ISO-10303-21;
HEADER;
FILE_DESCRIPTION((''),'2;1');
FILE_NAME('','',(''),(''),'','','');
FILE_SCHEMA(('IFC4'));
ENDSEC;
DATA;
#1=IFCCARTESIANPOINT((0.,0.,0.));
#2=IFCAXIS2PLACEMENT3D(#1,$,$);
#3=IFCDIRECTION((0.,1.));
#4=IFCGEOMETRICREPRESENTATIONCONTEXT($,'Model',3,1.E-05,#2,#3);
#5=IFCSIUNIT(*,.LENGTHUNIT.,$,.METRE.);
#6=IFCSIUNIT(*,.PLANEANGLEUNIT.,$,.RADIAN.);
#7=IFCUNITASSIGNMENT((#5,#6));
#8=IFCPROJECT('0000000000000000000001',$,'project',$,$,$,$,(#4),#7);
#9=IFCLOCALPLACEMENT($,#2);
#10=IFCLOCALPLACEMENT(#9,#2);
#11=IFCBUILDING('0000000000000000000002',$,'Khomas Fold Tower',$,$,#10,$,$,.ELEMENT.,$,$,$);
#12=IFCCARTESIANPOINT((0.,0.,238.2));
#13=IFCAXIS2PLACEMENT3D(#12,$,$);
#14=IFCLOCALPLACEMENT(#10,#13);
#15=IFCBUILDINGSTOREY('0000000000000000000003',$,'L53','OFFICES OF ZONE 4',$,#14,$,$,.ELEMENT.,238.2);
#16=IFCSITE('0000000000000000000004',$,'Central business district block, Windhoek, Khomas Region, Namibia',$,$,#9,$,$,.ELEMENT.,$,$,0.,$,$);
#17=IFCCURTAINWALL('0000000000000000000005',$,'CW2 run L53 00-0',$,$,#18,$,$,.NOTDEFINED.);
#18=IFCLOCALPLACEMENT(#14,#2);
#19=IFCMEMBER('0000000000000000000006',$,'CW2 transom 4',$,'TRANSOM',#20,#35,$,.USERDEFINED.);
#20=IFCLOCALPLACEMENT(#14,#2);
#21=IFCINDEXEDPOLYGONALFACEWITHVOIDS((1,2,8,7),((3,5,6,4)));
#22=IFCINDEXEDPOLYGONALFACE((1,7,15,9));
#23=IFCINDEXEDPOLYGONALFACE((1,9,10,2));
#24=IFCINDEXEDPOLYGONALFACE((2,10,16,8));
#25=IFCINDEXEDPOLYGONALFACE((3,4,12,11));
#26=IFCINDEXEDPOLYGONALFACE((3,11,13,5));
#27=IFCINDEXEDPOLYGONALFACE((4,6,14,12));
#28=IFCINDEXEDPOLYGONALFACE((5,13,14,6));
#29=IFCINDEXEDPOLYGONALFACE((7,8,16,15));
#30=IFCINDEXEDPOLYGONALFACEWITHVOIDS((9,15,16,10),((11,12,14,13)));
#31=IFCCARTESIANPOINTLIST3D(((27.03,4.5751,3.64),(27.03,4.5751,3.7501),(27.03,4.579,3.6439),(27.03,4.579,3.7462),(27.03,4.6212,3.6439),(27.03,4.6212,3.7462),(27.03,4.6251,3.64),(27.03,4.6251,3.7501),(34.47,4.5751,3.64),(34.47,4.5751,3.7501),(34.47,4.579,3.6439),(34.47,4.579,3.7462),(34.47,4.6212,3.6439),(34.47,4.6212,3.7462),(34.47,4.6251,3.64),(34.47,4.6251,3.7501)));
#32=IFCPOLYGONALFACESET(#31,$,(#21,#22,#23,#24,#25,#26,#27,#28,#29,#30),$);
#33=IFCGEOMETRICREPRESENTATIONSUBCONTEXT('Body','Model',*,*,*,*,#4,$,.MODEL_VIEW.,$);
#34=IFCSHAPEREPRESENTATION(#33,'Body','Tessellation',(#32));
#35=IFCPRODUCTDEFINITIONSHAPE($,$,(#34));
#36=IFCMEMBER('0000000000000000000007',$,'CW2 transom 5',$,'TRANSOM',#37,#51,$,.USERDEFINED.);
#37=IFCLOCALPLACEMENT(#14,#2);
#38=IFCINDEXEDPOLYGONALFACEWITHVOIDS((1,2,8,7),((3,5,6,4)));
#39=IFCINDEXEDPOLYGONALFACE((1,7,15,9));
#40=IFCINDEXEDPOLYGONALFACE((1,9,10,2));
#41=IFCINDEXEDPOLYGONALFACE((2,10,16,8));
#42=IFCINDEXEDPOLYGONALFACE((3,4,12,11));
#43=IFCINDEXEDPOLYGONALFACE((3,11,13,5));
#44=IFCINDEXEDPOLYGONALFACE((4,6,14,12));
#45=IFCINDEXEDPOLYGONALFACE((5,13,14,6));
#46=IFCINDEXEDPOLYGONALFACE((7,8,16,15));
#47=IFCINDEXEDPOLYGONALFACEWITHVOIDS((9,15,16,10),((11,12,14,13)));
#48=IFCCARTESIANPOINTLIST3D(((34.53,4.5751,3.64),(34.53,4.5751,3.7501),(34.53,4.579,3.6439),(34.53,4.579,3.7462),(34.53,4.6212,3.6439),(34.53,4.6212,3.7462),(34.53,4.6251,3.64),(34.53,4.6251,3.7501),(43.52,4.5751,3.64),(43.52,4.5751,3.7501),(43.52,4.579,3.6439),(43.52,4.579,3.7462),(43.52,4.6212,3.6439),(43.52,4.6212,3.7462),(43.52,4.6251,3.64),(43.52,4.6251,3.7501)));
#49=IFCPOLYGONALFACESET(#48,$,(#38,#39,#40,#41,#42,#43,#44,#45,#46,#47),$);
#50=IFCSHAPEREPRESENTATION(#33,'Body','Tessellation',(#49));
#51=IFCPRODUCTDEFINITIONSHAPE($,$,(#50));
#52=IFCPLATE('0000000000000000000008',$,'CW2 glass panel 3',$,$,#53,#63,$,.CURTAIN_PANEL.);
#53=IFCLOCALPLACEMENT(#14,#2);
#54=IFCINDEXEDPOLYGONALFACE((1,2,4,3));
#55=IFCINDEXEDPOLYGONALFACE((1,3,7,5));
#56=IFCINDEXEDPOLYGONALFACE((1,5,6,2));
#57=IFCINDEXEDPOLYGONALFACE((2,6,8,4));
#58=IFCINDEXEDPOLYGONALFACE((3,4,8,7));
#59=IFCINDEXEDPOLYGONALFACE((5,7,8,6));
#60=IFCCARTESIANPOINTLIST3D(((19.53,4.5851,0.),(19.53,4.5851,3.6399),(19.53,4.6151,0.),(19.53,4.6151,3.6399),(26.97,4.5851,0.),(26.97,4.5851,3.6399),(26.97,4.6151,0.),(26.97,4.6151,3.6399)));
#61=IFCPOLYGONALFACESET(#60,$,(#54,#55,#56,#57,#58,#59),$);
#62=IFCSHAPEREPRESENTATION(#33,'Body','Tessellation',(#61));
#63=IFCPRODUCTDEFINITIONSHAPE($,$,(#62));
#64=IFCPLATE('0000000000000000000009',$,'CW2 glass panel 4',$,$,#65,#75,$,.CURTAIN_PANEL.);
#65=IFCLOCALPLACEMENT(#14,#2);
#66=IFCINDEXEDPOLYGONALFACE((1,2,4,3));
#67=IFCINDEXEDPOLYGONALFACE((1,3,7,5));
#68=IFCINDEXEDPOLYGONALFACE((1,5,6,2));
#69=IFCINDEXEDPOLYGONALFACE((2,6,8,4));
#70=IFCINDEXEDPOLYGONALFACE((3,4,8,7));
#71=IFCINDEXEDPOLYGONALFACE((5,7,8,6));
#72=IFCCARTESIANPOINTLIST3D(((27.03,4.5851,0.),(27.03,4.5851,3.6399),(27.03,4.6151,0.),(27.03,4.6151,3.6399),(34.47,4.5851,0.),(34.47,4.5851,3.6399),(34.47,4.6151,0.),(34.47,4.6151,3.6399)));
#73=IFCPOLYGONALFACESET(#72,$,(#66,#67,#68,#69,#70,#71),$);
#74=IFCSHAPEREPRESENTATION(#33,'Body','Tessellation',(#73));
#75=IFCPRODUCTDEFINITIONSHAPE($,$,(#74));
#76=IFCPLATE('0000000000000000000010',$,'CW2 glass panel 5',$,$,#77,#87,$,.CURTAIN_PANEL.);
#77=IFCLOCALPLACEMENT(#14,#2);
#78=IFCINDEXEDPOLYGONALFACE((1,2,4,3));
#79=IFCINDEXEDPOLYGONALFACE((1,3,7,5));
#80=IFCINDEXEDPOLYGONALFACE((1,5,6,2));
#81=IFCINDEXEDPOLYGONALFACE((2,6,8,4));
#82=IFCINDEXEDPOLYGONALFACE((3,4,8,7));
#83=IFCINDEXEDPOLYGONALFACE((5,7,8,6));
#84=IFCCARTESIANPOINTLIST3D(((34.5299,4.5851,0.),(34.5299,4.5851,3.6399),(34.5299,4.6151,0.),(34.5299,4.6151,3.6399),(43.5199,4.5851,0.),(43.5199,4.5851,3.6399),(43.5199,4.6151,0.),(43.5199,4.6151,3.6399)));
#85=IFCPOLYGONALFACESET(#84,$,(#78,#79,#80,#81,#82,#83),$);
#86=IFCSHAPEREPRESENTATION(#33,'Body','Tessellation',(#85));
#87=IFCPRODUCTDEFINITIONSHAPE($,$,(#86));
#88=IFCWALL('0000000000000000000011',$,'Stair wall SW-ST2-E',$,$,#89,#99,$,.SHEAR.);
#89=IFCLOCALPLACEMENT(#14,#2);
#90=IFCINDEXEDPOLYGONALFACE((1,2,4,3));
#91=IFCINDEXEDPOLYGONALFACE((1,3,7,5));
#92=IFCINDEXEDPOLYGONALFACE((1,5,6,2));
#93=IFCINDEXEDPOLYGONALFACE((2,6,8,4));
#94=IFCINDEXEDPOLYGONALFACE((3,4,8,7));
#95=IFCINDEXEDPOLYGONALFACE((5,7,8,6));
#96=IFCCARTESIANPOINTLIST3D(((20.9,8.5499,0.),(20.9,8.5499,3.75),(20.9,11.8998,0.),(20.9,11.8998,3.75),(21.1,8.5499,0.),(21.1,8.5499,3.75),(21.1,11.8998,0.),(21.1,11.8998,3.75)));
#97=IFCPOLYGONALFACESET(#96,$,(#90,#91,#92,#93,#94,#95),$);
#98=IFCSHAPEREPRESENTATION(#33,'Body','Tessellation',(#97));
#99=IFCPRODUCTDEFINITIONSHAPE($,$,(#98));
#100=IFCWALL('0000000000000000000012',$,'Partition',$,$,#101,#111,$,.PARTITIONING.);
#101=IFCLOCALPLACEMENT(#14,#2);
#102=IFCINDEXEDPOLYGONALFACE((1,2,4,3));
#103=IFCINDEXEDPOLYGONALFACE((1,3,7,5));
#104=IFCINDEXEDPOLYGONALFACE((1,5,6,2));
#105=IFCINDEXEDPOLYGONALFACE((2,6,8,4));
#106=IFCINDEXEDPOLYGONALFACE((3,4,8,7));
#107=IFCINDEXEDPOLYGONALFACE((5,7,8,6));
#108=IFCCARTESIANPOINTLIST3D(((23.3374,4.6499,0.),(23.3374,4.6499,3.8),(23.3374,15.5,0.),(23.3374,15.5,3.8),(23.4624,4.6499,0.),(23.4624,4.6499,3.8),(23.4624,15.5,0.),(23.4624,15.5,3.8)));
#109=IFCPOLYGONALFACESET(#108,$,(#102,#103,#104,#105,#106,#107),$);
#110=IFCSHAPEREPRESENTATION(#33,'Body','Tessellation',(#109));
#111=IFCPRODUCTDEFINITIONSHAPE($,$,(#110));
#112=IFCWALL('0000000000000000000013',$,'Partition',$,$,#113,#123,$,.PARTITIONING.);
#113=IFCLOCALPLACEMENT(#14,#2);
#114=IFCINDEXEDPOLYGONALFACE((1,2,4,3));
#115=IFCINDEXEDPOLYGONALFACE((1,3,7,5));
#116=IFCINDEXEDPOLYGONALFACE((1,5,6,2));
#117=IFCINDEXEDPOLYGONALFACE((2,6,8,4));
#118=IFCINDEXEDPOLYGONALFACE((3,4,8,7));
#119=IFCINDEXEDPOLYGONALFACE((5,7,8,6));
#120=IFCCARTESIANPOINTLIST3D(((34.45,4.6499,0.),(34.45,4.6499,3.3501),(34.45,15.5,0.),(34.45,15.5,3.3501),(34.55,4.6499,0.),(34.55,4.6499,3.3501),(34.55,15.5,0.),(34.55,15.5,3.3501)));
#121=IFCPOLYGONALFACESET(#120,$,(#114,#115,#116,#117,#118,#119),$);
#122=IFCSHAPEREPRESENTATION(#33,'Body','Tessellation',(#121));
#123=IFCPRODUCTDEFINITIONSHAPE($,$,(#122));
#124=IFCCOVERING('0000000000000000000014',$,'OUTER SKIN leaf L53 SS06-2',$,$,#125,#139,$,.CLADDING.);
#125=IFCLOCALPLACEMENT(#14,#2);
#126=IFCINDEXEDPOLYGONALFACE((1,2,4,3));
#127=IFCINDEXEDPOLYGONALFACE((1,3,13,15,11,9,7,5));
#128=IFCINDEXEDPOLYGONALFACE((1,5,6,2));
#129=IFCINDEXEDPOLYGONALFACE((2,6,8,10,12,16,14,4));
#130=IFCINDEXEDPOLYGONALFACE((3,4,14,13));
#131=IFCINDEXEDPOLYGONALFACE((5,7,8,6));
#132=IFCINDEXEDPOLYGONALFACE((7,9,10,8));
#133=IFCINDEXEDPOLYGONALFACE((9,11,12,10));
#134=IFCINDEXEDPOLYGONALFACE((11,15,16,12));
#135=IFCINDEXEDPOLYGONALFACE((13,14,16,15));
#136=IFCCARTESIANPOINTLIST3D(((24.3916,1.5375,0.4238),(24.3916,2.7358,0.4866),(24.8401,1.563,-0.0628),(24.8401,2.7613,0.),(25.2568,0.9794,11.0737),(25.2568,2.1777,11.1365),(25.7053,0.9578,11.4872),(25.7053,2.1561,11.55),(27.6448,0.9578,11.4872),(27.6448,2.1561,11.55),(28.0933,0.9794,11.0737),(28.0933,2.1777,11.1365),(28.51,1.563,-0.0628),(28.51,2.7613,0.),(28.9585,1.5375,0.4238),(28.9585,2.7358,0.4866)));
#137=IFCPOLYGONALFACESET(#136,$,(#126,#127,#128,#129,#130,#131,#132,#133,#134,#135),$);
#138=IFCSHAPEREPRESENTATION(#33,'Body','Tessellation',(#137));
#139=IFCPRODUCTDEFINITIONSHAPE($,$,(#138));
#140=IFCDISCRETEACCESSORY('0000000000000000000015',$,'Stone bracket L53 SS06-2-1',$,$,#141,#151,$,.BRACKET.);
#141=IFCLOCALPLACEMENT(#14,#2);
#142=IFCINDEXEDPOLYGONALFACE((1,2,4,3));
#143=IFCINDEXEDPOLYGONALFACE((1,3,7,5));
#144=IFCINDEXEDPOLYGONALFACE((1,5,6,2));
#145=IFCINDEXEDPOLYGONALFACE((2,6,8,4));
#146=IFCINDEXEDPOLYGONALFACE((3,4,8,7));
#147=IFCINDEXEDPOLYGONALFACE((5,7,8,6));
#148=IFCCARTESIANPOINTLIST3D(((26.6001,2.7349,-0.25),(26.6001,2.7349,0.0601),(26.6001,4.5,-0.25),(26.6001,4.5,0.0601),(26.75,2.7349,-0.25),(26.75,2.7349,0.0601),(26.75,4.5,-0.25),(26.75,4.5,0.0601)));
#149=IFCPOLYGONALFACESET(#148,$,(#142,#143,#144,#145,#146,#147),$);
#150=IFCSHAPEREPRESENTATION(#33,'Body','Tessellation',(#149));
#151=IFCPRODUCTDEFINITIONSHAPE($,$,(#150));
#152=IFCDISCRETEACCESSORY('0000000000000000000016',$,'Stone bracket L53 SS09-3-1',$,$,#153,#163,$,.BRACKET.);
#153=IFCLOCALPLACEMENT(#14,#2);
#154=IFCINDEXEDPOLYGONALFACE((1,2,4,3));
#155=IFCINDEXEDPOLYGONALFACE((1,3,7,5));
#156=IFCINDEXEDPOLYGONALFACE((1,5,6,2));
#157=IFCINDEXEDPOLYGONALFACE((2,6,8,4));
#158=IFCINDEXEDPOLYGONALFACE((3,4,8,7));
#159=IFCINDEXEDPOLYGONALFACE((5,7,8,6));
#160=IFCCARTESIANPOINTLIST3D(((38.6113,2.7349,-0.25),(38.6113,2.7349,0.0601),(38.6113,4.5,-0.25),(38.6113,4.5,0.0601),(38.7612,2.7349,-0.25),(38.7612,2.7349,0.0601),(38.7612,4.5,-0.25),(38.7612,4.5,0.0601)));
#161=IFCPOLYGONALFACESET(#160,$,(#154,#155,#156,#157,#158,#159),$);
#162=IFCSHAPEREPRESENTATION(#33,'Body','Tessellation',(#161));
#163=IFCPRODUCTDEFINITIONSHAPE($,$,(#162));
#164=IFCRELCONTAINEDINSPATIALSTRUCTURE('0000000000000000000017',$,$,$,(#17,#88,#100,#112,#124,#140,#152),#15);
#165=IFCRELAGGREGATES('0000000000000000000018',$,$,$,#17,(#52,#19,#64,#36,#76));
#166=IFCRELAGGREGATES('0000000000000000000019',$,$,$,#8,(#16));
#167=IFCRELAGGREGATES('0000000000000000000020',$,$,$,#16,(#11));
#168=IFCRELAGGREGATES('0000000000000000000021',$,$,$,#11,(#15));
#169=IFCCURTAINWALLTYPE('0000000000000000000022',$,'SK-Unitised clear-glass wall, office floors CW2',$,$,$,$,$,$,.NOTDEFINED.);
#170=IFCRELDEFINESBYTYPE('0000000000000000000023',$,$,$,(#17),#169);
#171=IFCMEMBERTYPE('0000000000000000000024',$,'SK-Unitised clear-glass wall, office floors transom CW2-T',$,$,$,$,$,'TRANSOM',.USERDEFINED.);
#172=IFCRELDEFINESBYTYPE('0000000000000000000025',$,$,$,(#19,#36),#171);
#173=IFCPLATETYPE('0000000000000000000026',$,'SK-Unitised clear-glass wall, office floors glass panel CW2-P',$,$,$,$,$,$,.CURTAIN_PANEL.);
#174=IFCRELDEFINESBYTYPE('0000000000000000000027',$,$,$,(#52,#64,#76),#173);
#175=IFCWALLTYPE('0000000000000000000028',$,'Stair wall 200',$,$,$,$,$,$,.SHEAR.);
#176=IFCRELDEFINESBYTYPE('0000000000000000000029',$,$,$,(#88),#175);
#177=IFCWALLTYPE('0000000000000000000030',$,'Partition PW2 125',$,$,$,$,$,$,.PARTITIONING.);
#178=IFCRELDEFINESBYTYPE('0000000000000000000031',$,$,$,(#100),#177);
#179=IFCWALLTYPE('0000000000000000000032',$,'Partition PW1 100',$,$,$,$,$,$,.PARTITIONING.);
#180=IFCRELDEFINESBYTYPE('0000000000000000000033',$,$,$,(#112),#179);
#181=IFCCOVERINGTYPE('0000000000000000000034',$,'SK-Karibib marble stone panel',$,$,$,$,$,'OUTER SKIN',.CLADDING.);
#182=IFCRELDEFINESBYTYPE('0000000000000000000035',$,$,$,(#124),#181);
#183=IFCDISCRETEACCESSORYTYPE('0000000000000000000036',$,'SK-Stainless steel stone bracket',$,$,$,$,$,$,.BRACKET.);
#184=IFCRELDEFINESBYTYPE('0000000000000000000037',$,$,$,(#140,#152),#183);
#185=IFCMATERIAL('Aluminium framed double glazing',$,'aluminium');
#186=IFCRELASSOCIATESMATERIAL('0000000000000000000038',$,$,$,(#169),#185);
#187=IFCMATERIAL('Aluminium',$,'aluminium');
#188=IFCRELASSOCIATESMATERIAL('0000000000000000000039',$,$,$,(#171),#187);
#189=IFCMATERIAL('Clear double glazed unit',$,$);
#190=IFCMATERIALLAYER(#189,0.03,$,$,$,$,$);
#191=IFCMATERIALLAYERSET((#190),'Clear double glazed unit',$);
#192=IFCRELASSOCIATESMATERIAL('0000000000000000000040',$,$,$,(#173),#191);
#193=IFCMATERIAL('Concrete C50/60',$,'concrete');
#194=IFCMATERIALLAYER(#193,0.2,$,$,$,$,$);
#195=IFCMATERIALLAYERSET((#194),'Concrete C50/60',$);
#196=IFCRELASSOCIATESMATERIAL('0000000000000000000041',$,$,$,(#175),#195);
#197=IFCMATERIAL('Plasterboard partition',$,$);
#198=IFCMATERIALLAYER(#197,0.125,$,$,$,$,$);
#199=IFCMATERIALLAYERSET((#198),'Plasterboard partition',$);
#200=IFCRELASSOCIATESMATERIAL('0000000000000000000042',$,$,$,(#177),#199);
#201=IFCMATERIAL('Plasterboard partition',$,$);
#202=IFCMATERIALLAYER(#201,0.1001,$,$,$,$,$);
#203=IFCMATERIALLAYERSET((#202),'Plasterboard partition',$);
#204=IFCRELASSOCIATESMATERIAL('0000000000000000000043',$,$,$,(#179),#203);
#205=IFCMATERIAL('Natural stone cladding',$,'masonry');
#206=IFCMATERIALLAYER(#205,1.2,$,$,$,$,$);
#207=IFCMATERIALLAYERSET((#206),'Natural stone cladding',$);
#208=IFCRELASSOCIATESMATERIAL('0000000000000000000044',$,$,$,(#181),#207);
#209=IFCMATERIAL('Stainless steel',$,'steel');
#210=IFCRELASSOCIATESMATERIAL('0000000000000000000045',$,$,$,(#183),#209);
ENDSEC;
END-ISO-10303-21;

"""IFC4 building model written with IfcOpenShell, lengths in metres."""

from ifc_helpers import new_model, si_unit, direction, frame, frame_2d, origin, origin_2d, place, context, subcontext, project, spatial, polyline, rectangle, hollow_rectangle, outline, extrude, source, transform, mapped, material, layer, layer_set, material_profile, profile_set, type_object, element, aggregate, save


model = new_model("IFC4")

# Units and contexts
model_context = context("Model", 3, precision=1e-05, world=origin(), true_north=direction((0.0, 1.0)))
body_context = subcontext(model_context, "Body", "Model", "MODEL_VIEW")
ifc_project = project(units=[si_unit("LENGTHUNIT", "METRE"), si_unit("PLANEANGLEUNIT", "RADIAN")], contexts=[model_context])

# Site, building, storey
site_placement = place(None, origin())
site = spatial("IfcSite", under=ifc_project, at=site_placement, Name="Central business district block, Windhoek, Khomas Region, Namibia", CompositionType="ELEMENT", RefElevation=0.0)
building_placement = place(site_placement, origin())
building = spatial("IfcBuilding", under=site, at=building_placement, Name="Khomas Fold Tower", CompositionType="ELEMENT")
storey_placement = place(building_placement, frame((0.0, 0.0, 238.2)))
storey = spatial("IfcBuildingStorey", under=building, at=storey_placement, Name="L53", Description="OFFICES OF ZONE 4", CompositionType="ELEMENT", Elevation=238.2)

# Curtain wall, members, plates
ifc_material_1 = material(Name="Aluminium framed double glazing", Category="aluminium")
curtain_wall_type = type_object("IfcCurtainWallType", Name="SK-Unitised clear-glass wall, office floors CW2", PredefinedType="NOTDEFINED", material=ifc_material_1)
curtain_wall_placement = place(storey_placement, origin())
curtain_wall = element("IfcCurtainWall", 1, at=curtain_wall_placement, inside=storey, type_object=curtain_wall_type, Name="CW2 run L53 00-0", PredefinedType="NOTDEFINED")
ifc_material_2 = material(Name="Aluminium", Category="aluminium")
ifc_material_profile_1 = material_profile(ifc_material_2, hollow_rectangle(XDim=0.05, YDim=0.1101, WallThickness=0.0039, at=origin_2d()), Name="SK-Unitised clear-glass wall, office floors transom CW2-T")
ifc_profile_set_1 = profile_set([ifc_material_profile_1], Name="Aluminium")
member_type_1 = type_object("IfcMemberType", Name="SK-Unitised clear-glass wall, office floors transom CW2-T", ElementType="TRANSOM", PredefinedType="USERDEFINED", material=ifc_profile_set_1)
shared_shape_1 = source(origin(), body_context, "Body", "SweptSolid", [
    extrude(hollow_rectangle(XDim=0.05, YDim=0.1101, WallThickness=0.0039, at=origin_2d()), origin(), (0.0, 0.0, 1.0), 7.4399),
])
member_1_placement = place(storey_placement, frame((27.03, 4.6001, 3.6951), z_axis=(1.0, 0.0, 0.0), x_axis=(0.0, 1.0, 0.0)))
member_1 = element("IfcMember", 2, at=member_1_placement, type_object=member_type_1, Name="CW2 transom 4", ObjectType="TRANSOM", PredefinedType="USERDEFINED", context=body_context, shape_type="MappedRepresentation", body=[
    mapped(shared_shape_1, transform((0.0, 0.0, 0.0))),
])
shared_shape_2 = source(origin(), body_context, "Body", "SweptSolid", [
    extrude(hollow_rectangle(XDim=0.05, YDim=0.1101, WallThickness=0.0039, at=origin_2d()), origin(), (0.0, 0.0, 1.0), 8.99),
])
member_2_placement = place(storey_placement, frame((34.53, 4.6001, 3.6951), z_axis=(1.0, 0.0, 0.0), x_axis=(0.0, 1.0, 0.0)))
member_2 = element("IfcMember", 3, at=member_2_placement, type_object=member_type_1, Name="CW2 transom 5", ObjectType="TRANSOM", PredefinedType="USERDEFINED", context=body_context, shape_type="MappedRepresentation", body=[
    mapped(shared_shape_2, transform((0.0, 0.0, 0.0))),
])
ifc_material_3 = material(Name="Clear double glazed unit")
ifc_layer_1 = layer(ifc_material_3, 0.03)
ifc_layer_set_1 = layer_set([ifc_layer_1], Name="Clear double glazed unit")
plate_type = type_object("IfcPlateType", Name="SK-Unitised clear-glass wall, office floors glass panel CW2-P", PredefinedType="CURTAIN_PANEL", material=ifc_layer_set_1)
shared_shape_3 = source(origin(), body_context, "Body", "SweptSolid", [
    extrude(rectangle(XDim=7.4399, YDim=0.03, at=origin_2d()), origin(), (0.0, 0.0, 1.0), 3.6399),
])
plate_1_placement = place(storey_placement, frame((23.25, 4.6001, 0.0), z_axis=(0.0, 0.0, 1.0), x_axis=(1.0, 0.0, 0.0)))
plate_1 = element("IfcPlate", 4, at=plate_1_placement, type_object=plate_type, Name="CW2 glass panel 3", PredefinedType="CURTAIN_PANEL", context=body_context, shape_type="MappedRepresentation", body=[
    mapped(shared_shape_3, transform((0.0, 0.0, 0.0))),
])
plate_2_placement = place(storey_placement, frame((30.75, 4.6001, 0.0), z_axis=(0.0, 0.0, 1.0), x_axis=(1.0, 0.0, 0.0)))
plate_2 = element("IfcPlate", 5, at=plate_2_placement, type_object=plate_type, Name="CW2 glass panel 4", PredefinedType="CURTAIN_PANEL", context=body_context, shape_type="MappedRepresentation", body=[
    mapped(shared_shape_3, transform((0.0, 0.0, 0.0))),
])
shared_shape_4 = source(origin(), body_context, "Body", "SweptSolid", [
    extrude(rectangle(XDim=8.99, YDim=0.03, at=origin_2d()), origin(), (0.0, 0.0, 1.0), 3.6399),
])
plate_3_placement = place(storey_placement, frame((39.0249, 4.6001, 0.0), z_axis=(0.0, 0.0, 1.0), x_axis=(1.0, 0.0, 0.0)))
plate_3 = element("IfcPlate", 6, at=plate_3_placement, type_object=plate_type, Name="CW2 glass panel 5", PredefinedType="CURTAIN_PANEL", context=body_context, shape_type="MappedRepresentation", body=[
    mapped(shared_shape_4, transform((0.0, 0.0, 0.0))),
])
aggregate(curtain_wall, [plate_1, member_1, plate_2, member_2, plate_3])

# Walls
ifc_material_4 = material(Name="Concrete C50/60", Category="concrete")
ifc_layer_2 = layer(ifc_material_4, 0.2)
ifc_layer_set_2 = layer_set([ifc_layer_2], Name="Concrete C50/60")
wall_type_1 = type_object("IfcWallType", Name="Stair wall 200", PredefinedType="SHEAR", material=ifc_layer_set_2)
shared_shape_5 = source(origin(), body_context, "Body", "SweptSolid", [
    extrude(rectangle(XDim=3.3499, YDim=0.2, at=frame_2d((1.6748, 0.0))), origin(), (0.0, 0.0, 1.0), 3.75),
])
wall_1_placement = place(storey_placement, frame((21.0, 8.55, 0.0), z_axis=(0.0, 0.0, 1.0), x_axis=(0.0, 1.0, 0.0)))
element("IfcWall", 7, at=wall_1_placement, inside=storey, type_object=wall_type_1, Name="Stair wall SW-ST2-E", PredefinedType="SHEAR", context=body_context, shape_type="MappedRepresentation", body=[
    mapped(shared_shape_5, transform((0.0, 0.0, 0.0))),
])
ifc_material_5 = material(Name="Plasterboard partition")
ifc_layer_3 = layer(ifc_material_5, 0.125)
ifc_layer_set_3 = layer_set([ifc_layer_3], Name="Plasterboard partition")
wall_type_2 = type_object("IfcWallType", Name="Partition PW2 125", PredefinedType="PARTITIONING", material=ifc_layer_set_3)
shared_shape_6 = source(origin(), body_context, "Body", "SweptSolid", [
    extrude(rectangle(XDim=10.8501, YDim=0.125, at=frame_2d((5.425, 0.0))), origin(), (0.0, 0.0, 1.0), 3.8),
])
wall_2_placement = place(storey_placement, frame((23.3999, 4.6499, 0.0), z_axis=(0.0, 0.0, 1.0), x_axis=(0.0, 1.0, 0.0)))
element("IfcWall", 8, at=wall_2_placement, inside=storey, type_object=wall_type_2, Name="Partition", PredefinedType="PARTITIONING", context=body_context, shape_type="MappedRepresentation", body=[
    mapped(shared_shape_6, transform((0.0, 0.0, 0.0))),
])
ifc_material_6 = material(Name="Plasterboard partition")
ifc_layer_4 = layer(ifc_material_6, 0.1001)
ifc_layer_set_4 = layer_set([ifc_layer_4], Name="Plasterboard partition")
wall_type_3 = type_object("IfcWallType", Name="Partition PW1 100", PredefinedType="PARTITIONING", material=ifc_layer_set_4)
shared_shape_7 = source(origin(), body_context, "Body", "SweptSolid", [
    extrude(rectangle(XDim=10.8501, YDim=0.1001, at=frame_2d((5.425, 0.0))), origin(), (0.0, 0.0, 1.0), 3.3501),
])
wall_3_placement = place(storey_placement, frame((34.5, 4.6499, 0.0), z_axis=(0.0, 0.0, 1.0), x_axis=(0.0, 1.0, 0.0)))
element("IfcWall", 9, at=wall_3_placement, inside=storey, type_object=wall_type_3, Name="Partition", PredefinedType="PARTITIONING", context=body_context, shape_type="MappedRepresentation", body=[
    mapped(shared_shape_7, transform((0.0, 0.0, 0.0))),
])

# Covering
ifc_material_7 = material(Name="Natural stone cladding", Category="masonry")
ifc_layer_5 = layer(ifc_material_7, 1.2)
ifc_layer_set_5 = layer_set([ifc_layer_5], Name="Natural stone cladding")
covering_type = type_object("IfcCoveringType", Name="SK-Karibib marble stone panel", ElementType="OUTER SKIN", PredefinedType="CLADDING", material=ifc_layer_set_5)
covering_placement = place(storey_placement, frame((28.0933, 2.1777, 11.1365), z_axis=(0.0, 0.99863, 0.052333), x_axis=(0.080866, 0.052162, -0.995359)))
element("IfcCovering", 10, at=covering_placement, inside=storey, type_object=covering_type, Name="OUTER SKIN leaf L53 SS06-2", PredefinedType="CLADDING", context=body_context, shape_type="SweptSolid", body=[
    extrude(outline(polyline([(0.0, 0.0), (10.6996, 0.0), (11.1489, 0.4864), (10.8522, 4.1443), (10.3303, 4.5519), (-0.2294, 2.8271), (-0.6059, 2.3466), (-0.449, 0.4135), (0.0, 0.0)])), origin(), (0.0, 0.0, -1.0), 1.2),
])

# Discrete accessories
ifc_material_8 = material(Name="Stainless steel", Category="steel")
discrete_accessory_type = type_object("IfcDiscreteAccessoryType", Name="SK-Stainless steel stone bracket", PredefinedType="BRACKET", material=ifc_material_8)
shared_shape_8 = source(origin(), body_context, "Body", "SweptSolid", [
    extrude(rectangle(XDim=1.7651, YDim=0.1499, at=origin_2d()), origin(), (0.0, 0.0, 1.0), 0.3101),
])
for number, where, z_axis, x_axis, name in (
    (11, (26.675, 3.6174, -0.25), (0.0, 0.0, 1.0), (0.0, -1.0, 0.0), "Stone bracket L53 SS06-2-1"),
    (12, (38.6863, 3.6174, -0.25), (0.0, 0.0, 1.0), (0.0, -1.0, 0.0), "Stone bracket L53 SS09-3-1"),
):
    element("IfcDiscreteAccessory", number, at=place(storey_placement, frame(where, z_axis=z_axis, x_axis=x_axis)), inside=storey, type_object=discrete_accessory_type, Name=name, PredefinedType="BRACKET", context=body_context, shape_type="MappedRepresentation", body=[
        mapped(shared_shape_8, transform((0.0, 0.0, 0.0))),
    ])

save(model, "model.ifc")
